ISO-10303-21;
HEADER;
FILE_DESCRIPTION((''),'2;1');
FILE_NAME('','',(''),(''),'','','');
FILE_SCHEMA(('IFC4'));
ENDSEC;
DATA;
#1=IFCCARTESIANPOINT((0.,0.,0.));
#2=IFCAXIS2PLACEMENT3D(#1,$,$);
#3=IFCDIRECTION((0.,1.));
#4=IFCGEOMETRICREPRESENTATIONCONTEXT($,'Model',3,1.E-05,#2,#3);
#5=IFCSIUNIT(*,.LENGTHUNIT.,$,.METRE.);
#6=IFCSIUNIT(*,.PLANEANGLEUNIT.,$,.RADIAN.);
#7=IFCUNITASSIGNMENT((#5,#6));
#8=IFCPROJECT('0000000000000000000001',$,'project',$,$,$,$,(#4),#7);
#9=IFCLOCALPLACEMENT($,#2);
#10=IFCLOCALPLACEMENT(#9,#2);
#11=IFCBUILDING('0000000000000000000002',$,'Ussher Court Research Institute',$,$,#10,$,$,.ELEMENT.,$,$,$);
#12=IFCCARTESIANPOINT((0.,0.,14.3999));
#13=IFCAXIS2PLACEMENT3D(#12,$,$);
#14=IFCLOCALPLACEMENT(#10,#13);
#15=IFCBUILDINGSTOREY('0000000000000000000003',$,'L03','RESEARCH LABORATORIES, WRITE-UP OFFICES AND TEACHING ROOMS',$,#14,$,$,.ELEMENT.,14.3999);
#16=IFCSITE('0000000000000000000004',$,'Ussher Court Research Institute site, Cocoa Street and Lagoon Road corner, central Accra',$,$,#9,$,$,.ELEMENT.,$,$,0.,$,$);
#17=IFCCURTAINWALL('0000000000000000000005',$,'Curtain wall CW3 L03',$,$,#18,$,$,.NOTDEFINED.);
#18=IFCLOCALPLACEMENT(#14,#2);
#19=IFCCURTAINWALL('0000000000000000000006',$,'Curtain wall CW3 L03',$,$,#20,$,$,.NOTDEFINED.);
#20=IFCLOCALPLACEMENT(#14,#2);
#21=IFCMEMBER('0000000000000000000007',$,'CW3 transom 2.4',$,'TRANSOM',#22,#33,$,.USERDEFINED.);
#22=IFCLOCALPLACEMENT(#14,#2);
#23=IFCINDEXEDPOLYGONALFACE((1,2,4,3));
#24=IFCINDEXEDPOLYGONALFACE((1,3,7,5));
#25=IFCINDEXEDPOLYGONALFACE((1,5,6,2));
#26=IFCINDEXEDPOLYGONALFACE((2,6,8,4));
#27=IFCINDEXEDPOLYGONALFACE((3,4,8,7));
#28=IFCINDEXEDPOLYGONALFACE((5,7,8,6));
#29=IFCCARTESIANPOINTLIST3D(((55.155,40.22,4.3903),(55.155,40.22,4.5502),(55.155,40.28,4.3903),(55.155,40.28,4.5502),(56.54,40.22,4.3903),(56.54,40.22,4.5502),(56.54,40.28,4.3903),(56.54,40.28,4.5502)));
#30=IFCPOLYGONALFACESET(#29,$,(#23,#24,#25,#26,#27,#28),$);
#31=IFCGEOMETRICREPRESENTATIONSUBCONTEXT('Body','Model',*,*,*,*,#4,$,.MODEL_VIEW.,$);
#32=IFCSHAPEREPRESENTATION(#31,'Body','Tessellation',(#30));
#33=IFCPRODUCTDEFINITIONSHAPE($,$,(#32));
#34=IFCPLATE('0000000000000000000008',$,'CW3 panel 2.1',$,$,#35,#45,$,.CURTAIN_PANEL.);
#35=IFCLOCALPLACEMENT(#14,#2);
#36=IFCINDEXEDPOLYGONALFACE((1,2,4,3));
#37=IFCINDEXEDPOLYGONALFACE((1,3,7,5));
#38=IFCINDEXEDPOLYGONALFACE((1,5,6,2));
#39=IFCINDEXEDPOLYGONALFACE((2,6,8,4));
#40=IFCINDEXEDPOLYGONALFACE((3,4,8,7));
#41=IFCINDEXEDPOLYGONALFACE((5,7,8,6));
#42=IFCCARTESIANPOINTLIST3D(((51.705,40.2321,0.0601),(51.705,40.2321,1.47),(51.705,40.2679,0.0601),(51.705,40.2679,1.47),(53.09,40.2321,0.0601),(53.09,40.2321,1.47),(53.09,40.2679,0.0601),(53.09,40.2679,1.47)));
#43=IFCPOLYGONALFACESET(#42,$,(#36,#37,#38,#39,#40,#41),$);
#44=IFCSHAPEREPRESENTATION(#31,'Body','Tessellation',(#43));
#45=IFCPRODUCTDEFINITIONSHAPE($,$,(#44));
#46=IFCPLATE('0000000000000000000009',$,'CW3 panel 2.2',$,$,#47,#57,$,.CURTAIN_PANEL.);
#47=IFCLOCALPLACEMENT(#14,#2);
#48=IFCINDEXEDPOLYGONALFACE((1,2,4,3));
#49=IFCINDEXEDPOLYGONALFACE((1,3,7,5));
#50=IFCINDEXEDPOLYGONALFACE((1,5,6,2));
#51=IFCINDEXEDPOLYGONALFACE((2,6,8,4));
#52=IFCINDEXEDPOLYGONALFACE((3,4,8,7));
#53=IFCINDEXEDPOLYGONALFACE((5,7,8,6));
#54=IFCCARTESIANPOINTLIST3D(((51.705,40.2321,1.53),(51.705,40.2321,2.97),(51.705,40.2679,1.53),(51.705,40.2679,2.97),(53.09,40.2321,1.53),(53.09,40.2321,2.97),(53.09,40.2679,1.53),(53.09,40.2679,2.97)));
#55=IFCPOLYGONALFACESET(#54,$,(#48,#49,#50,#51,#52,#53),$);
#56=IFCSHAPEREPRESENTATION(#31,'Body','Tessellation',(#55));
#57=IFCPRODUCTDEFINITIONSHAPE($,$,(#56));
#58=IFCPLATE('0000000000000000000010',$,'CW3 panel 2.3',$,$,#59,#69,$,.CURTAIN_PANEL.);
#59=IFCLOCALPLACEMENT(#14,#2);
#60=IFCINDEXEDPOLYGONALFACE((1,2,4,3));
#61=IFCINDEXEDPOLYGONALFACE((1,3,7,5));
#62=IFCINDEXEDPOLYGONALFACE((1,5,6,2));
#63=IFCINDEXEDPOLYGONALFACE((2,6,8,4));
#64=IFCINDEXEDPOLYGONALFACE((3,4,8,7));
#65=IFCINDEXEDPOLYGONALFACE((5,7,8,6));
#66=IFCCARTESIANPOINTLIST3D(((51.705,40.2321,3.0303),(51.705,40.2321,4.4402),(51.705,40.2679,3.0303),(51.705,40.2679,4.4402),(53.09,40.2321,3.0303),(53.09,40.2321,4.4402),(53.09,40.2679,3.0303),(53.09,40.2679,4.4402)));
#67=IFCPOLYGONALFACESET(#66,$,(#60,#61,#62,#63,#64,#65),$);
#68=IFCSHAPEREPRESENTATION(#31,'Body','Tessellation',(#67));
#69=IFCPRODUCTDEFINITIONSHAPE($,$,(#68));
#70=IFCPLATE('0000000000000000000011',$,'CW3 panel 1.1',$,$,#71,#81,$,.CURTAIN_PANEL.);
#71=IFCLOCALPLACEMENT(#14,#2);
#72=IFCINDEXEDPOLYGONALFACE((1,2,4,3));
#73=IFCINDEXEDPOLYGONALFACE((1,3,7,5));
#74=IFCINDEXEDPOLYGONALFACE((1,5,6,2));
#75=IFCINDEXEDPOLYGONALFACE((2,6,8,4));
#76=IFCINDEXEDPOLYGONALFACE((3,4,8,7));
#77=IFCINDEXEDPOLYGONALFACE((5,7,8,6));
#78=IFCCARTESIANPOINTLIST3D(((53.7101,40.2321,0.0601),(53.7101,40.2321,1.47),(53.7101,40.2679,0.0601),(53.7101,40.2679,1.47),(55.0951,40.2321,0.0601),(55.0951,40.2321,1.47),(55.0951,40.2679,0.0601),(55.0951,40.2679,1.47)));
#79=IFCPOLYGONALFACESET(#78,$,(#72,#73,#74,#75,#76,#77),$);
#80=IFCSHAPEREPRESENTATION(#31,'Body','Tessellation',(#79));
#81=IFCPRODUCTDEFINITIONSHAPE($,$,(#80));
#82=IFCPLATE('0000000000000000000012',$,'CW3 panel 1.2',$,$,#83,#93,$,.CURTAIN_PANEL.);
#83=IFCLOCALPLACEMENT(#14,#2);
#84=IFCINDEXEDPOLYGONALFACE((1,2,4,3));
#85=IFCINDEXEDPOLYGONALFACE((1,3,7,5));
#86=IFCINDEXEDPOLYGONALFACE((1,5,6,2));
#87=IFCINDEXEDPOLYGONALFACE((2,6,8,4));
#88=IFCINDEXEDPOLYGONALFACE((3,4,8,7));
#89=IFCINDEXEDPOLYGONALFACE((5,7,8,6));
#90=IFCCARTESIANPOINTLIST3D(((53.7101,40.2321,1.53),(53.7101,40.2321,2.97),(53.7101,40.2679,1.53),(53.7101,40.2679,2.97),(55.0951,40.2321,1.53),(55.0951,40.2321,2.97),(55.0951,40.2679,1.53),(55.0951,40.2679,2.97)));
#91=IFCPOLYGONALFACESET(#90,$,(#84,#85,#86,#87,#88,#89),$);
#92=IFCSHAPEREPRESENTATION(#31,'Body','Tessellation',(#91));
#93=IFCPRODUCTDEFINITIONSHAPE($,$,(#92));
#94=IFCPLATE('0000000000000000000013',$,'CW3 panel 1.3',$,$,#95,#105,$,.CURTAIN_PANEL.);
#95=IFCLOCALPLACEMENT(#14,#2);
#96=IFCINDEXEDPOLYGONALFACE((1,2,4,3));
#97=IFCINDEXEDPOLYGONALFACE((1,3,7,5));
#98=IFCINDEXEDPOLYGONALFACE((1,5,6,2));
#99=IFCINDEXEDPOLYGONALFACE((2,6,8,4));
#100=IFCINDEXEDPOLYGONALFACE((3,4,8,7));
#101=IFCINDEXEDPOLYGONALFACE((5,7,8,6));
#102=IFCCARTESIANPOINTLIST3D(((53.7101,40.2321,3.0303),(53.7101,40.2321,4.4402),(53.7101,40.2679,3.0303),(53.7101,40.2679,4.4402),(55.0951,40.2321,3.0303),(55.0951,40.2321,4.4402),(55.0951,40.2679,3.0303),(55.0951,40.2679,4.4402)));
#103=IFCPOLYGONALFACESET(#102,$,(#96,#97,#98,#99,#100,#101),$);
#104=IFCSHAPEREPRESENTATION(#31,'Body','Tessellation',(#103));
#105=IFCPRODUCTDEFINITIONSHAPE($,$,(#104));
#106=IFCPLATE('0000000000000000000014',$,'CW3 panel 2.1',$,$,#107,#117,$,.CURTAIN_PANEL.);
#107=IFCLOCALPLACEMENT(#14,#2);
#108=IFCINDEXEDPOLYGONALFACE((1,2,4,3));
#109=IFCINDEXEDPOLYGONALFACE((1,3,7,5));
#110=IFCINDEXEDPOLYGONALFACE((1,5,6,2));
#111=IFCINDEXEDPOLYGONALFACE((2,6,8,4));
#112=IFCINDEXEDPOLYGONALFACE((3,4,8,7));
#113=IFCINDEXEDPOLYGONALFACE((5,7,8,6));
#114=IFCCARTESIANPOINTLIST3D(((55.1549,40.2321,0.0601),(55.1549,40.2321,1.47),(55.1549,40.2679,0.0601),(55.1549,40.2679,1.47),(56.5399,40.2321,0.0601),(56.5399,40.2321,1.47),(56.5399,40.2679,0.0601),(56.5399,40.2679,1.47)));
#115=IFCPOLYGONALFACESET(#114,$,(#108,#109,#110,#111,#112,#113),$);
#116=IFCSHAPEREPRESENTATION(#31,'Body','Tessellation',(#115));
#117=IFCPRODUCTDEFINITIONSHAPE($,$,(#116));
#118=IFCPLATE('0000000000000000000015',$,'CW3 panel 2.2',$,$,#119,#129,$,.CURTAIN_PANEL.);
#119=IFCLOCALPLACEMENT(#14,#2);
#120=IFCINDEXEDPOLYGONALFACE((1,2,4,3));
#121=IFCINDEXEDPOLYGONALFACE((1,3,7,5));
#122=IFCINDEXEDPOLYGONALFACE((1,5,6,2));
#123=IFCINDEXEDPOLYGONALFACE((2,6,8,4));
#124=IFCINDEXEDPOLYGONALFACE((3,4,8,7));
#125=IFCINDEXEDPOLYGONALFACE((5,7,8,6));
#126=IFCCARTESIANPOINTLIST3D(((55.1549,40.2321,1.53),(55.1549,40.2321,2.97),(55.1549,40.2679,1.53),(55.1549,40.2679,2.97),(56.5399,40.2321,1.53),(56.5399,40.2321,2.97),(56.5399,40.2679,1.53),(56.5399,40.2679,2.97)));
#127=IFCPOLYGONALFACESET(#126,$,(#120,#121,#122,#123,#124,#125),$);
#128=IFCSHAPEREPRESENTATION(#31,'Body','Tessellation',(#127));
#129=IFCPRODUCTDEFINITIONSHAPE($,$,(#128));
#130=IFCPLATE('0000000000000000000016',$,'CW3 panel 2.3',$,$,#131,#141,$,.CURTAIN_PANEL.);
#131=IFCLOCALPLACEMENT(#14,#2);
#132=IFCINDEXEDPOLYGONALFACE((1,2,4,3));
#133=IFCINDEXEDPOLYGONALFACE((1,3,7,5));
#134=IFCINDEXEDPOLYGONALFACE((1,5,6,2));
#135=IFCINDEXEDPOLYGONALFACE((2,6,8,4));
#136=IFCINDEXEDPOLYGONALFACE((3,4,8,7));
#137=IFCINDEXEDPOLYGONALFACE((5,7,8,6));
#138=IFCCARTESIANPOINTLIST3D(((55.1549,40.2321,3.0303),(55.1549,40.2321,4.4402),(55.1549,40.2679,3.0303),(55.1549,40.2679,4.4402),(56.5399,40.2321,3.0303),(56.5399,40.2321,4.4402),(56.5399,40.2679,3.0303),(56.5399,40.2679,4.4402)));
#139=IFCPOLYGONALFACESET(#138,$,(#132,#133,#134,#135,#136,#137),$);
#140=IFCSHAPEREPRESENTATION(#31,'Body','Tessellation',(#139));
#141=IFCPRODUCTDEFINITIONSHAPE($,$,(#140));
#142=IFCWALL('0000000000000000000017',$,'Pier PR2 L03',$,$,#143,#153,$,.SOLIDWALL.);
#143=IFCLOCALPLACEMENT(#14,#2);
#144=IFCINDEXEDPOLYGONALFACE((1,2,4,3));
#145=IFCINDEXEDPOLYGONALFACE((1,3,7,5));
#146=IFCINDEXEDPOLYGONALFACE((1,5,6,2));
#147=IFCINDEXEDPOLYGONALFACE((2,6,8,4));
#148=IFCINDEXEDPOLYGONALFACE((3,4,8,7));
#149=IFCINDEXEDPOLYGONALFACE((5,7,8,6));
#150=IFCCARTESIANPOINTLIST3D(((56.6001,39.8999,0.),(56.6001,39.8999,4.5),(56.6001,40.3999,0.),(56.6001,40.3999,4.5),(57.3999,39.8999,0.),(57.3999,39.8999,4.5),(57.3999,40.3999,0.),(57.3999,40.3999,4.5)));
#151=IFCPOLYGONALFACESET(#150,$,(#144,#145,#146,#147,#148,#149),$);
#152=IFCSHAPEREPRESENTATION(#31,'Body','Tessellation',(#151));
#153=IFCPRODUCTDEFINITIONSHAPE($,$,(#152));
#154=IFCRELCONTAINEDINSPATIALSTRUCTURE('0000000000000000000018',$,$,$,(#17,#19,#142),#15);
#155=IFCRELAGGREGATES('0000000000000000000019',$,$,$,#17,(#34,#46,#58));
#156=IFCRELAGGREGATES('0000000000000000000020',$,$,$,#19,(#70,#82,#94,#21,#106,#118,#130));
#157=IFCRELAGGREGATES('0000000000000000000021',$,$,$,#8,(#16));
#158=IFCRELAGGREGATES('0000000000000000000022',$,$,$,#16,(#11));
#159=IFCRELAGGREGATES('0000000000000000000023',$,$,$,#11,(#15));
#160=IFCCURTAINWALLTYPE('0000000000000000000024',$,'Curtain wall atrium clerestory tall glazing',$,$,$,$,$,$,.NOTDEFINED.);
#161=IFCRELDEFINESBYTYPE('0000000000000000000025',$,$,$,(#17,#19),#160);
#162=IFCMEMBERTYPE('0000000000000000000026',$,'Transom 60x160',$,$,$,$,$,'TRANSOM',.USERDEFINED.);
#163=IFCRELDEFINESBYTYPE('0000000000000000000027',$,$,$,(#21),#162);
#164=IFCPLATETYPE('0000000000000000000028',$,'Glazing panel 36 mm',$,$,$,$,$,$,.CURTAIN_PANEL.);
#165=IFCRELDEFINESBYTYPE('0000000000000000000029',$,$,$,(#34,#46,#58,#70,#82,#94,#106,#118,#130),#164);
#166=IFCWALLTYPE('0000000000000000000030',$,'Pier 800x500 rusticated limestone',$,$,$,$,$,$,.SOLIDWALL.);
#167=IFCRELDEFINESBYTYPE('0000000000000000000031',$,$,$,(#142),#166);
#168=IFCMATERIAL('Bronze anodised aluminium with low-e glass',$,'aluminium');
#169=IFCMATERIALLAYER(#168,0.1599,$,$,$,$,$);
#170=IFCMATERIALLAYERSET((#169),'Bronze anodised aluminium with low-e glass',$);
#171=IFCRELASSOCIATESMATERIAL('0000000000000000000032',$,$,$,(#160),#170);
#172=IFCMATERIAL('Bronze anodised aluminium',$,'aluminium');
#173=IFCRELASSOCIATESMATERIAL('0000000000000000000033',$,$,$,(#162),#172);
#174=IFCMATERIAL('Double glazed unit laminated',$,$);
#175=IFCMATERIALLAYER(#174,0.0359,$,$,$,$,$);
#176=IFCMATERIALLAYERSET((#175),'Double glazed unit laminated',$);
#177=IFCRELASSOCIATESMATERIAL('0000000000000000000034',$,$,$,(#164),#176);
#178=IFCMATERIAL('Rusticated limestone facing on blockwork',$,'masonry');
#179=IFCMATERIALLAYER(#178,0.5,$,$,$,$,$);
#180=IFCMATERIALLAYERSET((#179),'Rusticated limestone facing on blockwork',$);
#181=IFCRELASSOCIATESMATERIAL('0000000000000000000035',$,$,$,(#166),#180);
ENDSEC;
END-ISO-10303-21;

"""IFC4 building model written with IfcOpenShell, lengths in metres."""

from ifc_helpers import new_model, si_unit, direction, frame, frame_2d, origin, origin_2d, place, context, subcontext, project, spatial, rectangle, extrude, material, layer, layer_set, material_profile, profile_set, type_object, element, aggregate, save


model = new_model("IFC4")

# Units and contexts
model_context = context("Model", 3, precision=1e-05, world=origin(), true_north=direction((0.0, 1.0)))
body_context = subcontext(model_context, "Body", "Model", "MODEL_VIEW")
ifc_project = project(units=[si_unit("LENGTHUNIT", "METRE"), si_unit("PLANEANGLEUNIT", "RADIAN")], contexts=[model_context])

# Site, building, storey
site_placement = place(None, origin())
site = spatial("IfcSite", under=ifc_project, at=site_placement, Name="Ussher Court Research Institute site, Cocoa Street and Lagoon Road corner, central Accra", CompositionType="ELEMENT", RefElevation=0.0)
building_placement = place(site_placement, origin())
building = spatial("IfcBuilding", under=site, at=building_placement, Name="Ussher Court Research Institute", CompositionType="ELEMENT")
storey_placement = place(building_placement, frame((0.0, 0.0, 14.3999)))
storey = spatial("IfcBuildingStorey", under=building, at=storey_placement, Name="L03", Description="RESEARCH LABORATORIES, WRITE-UP OFFICES AND TEACHING ROOMS", CompositionType="ELEMENT", Elevation=14.3999)

# Curtain wall
ifc_material_1 = material(Name="Bronze anodised aluminium with low-e glass", Category="aluminium")
ifc_layer_1 = layer(ifc_material_1, 0.1599)
ifc_layer_set_1 = layer_set([ifc_layer_1], Name="Bronze anodised aluminium with low-e glass")
curtain_wall_type = type_object("IfcCurtainWallType", Name="Curtain wall atrium clerestory tall glazing", PredefinedType="NOTDEFINED", material=ifc_layer_set_1)
curtain_wall_1_placement = place(storey_placement, origin())
curtain_wall_1 = element("IfcCurtainWall", 1, at=curtain_wall_1_placement, inside=storey, type_object=curtain_wall_type, Name="Curtain wall CW3 L03", PredefinedType="NOTDEFINED")

# Curtain wall
curtain_wall_2_placement = place(storey_placement, origin())
curtain_wall_2 = element("IfcCurtainWall", 2, at=curtain_wall_2_placement, inside=storey, type_object=curtain_wall_type, Name="Curtain wall CW3 L03", PredefinedType="NOTDEFINED")

# Member
ifc_material_2 = material(Name="Bronze anodised aluminium", Category="aluminium")
ifc_material_profile_1 = material_profile(ifc_material_2, rectangle(XDim=0.0601, YDim=0.1599, at=origin_2d()), Name="Transom 60x160")
ifc_profile_set_1 = profile_set([ifc_material_profile_1], Name="Bronze anodised aluminium")
member_type_1 = type_object("IfcMemberType", Name="Transom 60x160", ElementType="TRANSOM", PredefinedType="USERDEFINED", material=ifc_profile_set_1)
member_1_placement = place(storey_placement, frame((55.155, 40.25, 4.4702), z_axis=(1.0, 0.0, 0.0), x_axis=(0.0, 1.0, 0.0)))
member_1 = element("IfcMember", 3, at=member_1_placement, type_object=member_type_1, Name="CW3 transom 2.4", ObjectType="TRANSOM", PredefinedType="USERDEFINED", context=body_context, shape_type="SweptSolid", body=[
    extrude(rectangle(XDim=0.0601, YDim=0.1599, at=origin_2d()), origin(), (0.0, 0.0, 1.0), 1.385),
])

# Plates
ifc_material_3 = material(Name="Double glazed unit laminated")
ifc_layer_2 = layer(ifc_material_3, 0.0359)
ifc_layer_set_2 = layer_set([ifc_layer_2], Name="Double glazed unit laminated")
plate_type = type_object("IfcPlateType", Name="Glazing panel 36 mm", PredefinedType="CURTAIN_PANEL", material=ifc_layer_set_2)
plate_1_placement = place(storey_placement, frame((52.3975, 40.25, 0.0601), z_axis=(0.0, 0.0, 1.0), x_axis=(1.0, 0.0, 0.0)))
plate_1 = element("IfcPlate", 4, at=plate_1_placement, type_object=plate_type, Name="CW3 panel 2.1", PredefinedType="CURTAIN_PANEL", context=body_context, shape_type="SweptSolid", body=[
    extrude(rectangle(XDim=1.385, YDim=0.0359, at=origin_2d()), origin(), (0.0, 0.0, 1.0), 1.4099),
])
plate_2_placement = place(storey_placement, frame((52.3975, 40.25, 1.53), z_axis=(0.0, 0.0, 1.0), x_axis=(1.0, 0.0, 0.0)))
plate_2 = element("IfcPlate", 5, at=plate_2_placement, type_object=plate_type, Name="CW3 panel 2.2", PredefinedType="CURTAIN_PANEL", context=body_context, shape_type="SweptSolid", body=[
    extrude(rectangle(XDim=1.385, YDim=0.0359, at=origin_2d()), origin(), (0.0, 0.0, 1.0), 1.4399),
])
plate_3_placement = place(storey_placement, frame((52.3975, 40.25, 3.0303), z_axis=(0.0, 0.0, 1.0), x_axis=(1.0, 0.0, 0.0)))
plate_3 = element("IfcPlate", 6, at=plate_3_placement, type_object=plate_type, Name="CW3 panel 2.3", PredefinedType="CURTAIN_PANEL", context=body_context, shape_type="SweptSolid", body=[
    extrude(rectangle(XDim=1.385, YDim=0.0359, at=origin_2d()), origin(), (0.0, 0.0, 1.0), 1.4099),
])
aggregate(curtain_wall_1, [plate_1, plate_2, plate_3])
plate_4_placement = place(storey_placement, frame((54.4026, 40.25, 0.0601), z_axis=(0.0, 0.0, 1.0), x_axis=(1.0, 0.0, 0.0)))
plate_4 = element("IfcPlate", 7, at=plate_4_placement, type_object=plate_type, Name="CW3 panel 1.1", PredefinedType="CURTAIN_PANEL", context=body_context, shape_type="SweptSolid", body=[
    extrude(rectangle(XDim=1.385, YDim=0.0359, at=origin_2d()), origin(), (0.0, 0.0, 1.0), 1.4099),
])
plate_5_placement = place(storey_placement, frame((54.4026, 40.25, 1.53), z_axis=(0.0, 0.0, 1.0), x_axis=(1.0, 0.0, 0.0)))
plate_5 = element("IfcPlate", 8, at=plate_5_placement, type_object=plate_type, Name="CW3 panel 1.2", PredefinedType="CURTAIN_PANEL", context=body_context, shape_type="SweptSolid", body=[
    extrude(rectangle(XDim=1.385, YDim=0.0359, at=origin_2d()), origin(), (0.0, 0.0, 1.0), 1.4399),
])
plate_6_placement = place(storey_placement, frame((54.4026, 40.25, 3.0303), z_axis=(0.0, 0.0, 1.0), x_axis=(1.0, 0.0, 0.0)))
plate_6 = element("IfcPlate", 9, at=plate_6_placement, type_object=plate_type, Name="CW3 panel 1.3", PredefinedType="CURTAIN_PANEL", context=body_context, shape_type="SweptSolid", body=[
    extrude(rectangle(XDim=1.385, YDim=0.0359, at=origin_2d()), origin(), (0.0, 0.0, 1.0), 1.4099),
])
plate_7_placement = place(storey_placement, frame((55.8474, 40.25, 0.0601), z_axis=(0.0, 0.0, 1.0), x_axis=(1.0, 0.0, 0.0)))
plate_7 = element("IfcPlate", 10, at=plate_7_placement, type_object=plate_type, Name="CW3 panel 2.1", PredefinedType="CURTAIN_PANEL", context=body_context, shape_type="SweptSolid", body=[
    extrude(rectangle(XDim=1.385, YDim=0.0359, at=origin_2d()), origin(), (0.0, 0.0, 1.0), 1.4099),
])
plate_8_placement = place(storey_placement, frame((55.8474, 40.25, 1.53), z_axis=(0.0, 0.0, 1.0), x_axis=(1.0, 0.0, 0.0)))
plate_8 = element("IfcPlate", 11, at=plate_8_placement, type_object=plate_type, Name="CW3 panel 2.2", PredefinedType="CURTAIN_PANEL", context=body_context, shape_type="SweptSolid", body=[
    extrude(rectangle(XDim=1.385, YDim=0.0359, at=origin_2d()), origin(), (0.0, 0.0, 1.0), 1.4399),
])
plate_9_placement = place(storey_placement, frame((55.8474, 40.25, 3.0303), z_axis=(0.0, 0.0, 1.0), x_axis=(1.0, 0.0, 0.0)))
plate_9 = element("IfcPlate", 12, at=plate_9_placement, type_object=plate_type, Name="CW3 panel 2.3", PredefinedType="CURTAIN_PANEL", context=body_context, shape_type="SweptSolid", body=[
    extrude(rectangle(XDim=1.385, YDim=0.0359, at=origin_2d()), origin(), (0.0, 0.0, 1.0), 1.4099),
])
aggregate(curtain_wall_2, [plate_4, plate_5, plate_6, member_1, plate_7, plate_8, plate_9])

# Wall
ifc_material_4 = material(Name="Rusticated limestone facing on blockwork", Category="masonry")
ifc_layer_3 = layer(ifc_material_4, 0.5)
ifc_layer_set_3 = layer_set([ifc_layer_3], Name="Rusticated limestone facing on blockwork")
wall_type = type_object("IfcWallType", Name="Pier 800x500 rusticated limestone", PredefinedType="SOLIDWALL", material=ifc_layer_set_3)
wall_placement = place(storey_placement, frame((56.6001, 40.1499, 0.0), z_axis=(0.0, 0.0, 1.0), x_axis=(1.0, 0.0, 0.0)))
element("IfcWall", 13, at=wall_placement, inside=storey, type_object=wall_type, Name="Pier PR2 L03", PredefinedType="SOLIDWALL", context=body_context, shape_type="SweptSolid", body=[
    extrude(rectangle(XDim=0.7998, YDim=0.5, at=frame_2d((0.3999, 0.0))), origin(), (0.0, 0.0, 1.0), 4.5),
])

save(model, "model.ifc")
